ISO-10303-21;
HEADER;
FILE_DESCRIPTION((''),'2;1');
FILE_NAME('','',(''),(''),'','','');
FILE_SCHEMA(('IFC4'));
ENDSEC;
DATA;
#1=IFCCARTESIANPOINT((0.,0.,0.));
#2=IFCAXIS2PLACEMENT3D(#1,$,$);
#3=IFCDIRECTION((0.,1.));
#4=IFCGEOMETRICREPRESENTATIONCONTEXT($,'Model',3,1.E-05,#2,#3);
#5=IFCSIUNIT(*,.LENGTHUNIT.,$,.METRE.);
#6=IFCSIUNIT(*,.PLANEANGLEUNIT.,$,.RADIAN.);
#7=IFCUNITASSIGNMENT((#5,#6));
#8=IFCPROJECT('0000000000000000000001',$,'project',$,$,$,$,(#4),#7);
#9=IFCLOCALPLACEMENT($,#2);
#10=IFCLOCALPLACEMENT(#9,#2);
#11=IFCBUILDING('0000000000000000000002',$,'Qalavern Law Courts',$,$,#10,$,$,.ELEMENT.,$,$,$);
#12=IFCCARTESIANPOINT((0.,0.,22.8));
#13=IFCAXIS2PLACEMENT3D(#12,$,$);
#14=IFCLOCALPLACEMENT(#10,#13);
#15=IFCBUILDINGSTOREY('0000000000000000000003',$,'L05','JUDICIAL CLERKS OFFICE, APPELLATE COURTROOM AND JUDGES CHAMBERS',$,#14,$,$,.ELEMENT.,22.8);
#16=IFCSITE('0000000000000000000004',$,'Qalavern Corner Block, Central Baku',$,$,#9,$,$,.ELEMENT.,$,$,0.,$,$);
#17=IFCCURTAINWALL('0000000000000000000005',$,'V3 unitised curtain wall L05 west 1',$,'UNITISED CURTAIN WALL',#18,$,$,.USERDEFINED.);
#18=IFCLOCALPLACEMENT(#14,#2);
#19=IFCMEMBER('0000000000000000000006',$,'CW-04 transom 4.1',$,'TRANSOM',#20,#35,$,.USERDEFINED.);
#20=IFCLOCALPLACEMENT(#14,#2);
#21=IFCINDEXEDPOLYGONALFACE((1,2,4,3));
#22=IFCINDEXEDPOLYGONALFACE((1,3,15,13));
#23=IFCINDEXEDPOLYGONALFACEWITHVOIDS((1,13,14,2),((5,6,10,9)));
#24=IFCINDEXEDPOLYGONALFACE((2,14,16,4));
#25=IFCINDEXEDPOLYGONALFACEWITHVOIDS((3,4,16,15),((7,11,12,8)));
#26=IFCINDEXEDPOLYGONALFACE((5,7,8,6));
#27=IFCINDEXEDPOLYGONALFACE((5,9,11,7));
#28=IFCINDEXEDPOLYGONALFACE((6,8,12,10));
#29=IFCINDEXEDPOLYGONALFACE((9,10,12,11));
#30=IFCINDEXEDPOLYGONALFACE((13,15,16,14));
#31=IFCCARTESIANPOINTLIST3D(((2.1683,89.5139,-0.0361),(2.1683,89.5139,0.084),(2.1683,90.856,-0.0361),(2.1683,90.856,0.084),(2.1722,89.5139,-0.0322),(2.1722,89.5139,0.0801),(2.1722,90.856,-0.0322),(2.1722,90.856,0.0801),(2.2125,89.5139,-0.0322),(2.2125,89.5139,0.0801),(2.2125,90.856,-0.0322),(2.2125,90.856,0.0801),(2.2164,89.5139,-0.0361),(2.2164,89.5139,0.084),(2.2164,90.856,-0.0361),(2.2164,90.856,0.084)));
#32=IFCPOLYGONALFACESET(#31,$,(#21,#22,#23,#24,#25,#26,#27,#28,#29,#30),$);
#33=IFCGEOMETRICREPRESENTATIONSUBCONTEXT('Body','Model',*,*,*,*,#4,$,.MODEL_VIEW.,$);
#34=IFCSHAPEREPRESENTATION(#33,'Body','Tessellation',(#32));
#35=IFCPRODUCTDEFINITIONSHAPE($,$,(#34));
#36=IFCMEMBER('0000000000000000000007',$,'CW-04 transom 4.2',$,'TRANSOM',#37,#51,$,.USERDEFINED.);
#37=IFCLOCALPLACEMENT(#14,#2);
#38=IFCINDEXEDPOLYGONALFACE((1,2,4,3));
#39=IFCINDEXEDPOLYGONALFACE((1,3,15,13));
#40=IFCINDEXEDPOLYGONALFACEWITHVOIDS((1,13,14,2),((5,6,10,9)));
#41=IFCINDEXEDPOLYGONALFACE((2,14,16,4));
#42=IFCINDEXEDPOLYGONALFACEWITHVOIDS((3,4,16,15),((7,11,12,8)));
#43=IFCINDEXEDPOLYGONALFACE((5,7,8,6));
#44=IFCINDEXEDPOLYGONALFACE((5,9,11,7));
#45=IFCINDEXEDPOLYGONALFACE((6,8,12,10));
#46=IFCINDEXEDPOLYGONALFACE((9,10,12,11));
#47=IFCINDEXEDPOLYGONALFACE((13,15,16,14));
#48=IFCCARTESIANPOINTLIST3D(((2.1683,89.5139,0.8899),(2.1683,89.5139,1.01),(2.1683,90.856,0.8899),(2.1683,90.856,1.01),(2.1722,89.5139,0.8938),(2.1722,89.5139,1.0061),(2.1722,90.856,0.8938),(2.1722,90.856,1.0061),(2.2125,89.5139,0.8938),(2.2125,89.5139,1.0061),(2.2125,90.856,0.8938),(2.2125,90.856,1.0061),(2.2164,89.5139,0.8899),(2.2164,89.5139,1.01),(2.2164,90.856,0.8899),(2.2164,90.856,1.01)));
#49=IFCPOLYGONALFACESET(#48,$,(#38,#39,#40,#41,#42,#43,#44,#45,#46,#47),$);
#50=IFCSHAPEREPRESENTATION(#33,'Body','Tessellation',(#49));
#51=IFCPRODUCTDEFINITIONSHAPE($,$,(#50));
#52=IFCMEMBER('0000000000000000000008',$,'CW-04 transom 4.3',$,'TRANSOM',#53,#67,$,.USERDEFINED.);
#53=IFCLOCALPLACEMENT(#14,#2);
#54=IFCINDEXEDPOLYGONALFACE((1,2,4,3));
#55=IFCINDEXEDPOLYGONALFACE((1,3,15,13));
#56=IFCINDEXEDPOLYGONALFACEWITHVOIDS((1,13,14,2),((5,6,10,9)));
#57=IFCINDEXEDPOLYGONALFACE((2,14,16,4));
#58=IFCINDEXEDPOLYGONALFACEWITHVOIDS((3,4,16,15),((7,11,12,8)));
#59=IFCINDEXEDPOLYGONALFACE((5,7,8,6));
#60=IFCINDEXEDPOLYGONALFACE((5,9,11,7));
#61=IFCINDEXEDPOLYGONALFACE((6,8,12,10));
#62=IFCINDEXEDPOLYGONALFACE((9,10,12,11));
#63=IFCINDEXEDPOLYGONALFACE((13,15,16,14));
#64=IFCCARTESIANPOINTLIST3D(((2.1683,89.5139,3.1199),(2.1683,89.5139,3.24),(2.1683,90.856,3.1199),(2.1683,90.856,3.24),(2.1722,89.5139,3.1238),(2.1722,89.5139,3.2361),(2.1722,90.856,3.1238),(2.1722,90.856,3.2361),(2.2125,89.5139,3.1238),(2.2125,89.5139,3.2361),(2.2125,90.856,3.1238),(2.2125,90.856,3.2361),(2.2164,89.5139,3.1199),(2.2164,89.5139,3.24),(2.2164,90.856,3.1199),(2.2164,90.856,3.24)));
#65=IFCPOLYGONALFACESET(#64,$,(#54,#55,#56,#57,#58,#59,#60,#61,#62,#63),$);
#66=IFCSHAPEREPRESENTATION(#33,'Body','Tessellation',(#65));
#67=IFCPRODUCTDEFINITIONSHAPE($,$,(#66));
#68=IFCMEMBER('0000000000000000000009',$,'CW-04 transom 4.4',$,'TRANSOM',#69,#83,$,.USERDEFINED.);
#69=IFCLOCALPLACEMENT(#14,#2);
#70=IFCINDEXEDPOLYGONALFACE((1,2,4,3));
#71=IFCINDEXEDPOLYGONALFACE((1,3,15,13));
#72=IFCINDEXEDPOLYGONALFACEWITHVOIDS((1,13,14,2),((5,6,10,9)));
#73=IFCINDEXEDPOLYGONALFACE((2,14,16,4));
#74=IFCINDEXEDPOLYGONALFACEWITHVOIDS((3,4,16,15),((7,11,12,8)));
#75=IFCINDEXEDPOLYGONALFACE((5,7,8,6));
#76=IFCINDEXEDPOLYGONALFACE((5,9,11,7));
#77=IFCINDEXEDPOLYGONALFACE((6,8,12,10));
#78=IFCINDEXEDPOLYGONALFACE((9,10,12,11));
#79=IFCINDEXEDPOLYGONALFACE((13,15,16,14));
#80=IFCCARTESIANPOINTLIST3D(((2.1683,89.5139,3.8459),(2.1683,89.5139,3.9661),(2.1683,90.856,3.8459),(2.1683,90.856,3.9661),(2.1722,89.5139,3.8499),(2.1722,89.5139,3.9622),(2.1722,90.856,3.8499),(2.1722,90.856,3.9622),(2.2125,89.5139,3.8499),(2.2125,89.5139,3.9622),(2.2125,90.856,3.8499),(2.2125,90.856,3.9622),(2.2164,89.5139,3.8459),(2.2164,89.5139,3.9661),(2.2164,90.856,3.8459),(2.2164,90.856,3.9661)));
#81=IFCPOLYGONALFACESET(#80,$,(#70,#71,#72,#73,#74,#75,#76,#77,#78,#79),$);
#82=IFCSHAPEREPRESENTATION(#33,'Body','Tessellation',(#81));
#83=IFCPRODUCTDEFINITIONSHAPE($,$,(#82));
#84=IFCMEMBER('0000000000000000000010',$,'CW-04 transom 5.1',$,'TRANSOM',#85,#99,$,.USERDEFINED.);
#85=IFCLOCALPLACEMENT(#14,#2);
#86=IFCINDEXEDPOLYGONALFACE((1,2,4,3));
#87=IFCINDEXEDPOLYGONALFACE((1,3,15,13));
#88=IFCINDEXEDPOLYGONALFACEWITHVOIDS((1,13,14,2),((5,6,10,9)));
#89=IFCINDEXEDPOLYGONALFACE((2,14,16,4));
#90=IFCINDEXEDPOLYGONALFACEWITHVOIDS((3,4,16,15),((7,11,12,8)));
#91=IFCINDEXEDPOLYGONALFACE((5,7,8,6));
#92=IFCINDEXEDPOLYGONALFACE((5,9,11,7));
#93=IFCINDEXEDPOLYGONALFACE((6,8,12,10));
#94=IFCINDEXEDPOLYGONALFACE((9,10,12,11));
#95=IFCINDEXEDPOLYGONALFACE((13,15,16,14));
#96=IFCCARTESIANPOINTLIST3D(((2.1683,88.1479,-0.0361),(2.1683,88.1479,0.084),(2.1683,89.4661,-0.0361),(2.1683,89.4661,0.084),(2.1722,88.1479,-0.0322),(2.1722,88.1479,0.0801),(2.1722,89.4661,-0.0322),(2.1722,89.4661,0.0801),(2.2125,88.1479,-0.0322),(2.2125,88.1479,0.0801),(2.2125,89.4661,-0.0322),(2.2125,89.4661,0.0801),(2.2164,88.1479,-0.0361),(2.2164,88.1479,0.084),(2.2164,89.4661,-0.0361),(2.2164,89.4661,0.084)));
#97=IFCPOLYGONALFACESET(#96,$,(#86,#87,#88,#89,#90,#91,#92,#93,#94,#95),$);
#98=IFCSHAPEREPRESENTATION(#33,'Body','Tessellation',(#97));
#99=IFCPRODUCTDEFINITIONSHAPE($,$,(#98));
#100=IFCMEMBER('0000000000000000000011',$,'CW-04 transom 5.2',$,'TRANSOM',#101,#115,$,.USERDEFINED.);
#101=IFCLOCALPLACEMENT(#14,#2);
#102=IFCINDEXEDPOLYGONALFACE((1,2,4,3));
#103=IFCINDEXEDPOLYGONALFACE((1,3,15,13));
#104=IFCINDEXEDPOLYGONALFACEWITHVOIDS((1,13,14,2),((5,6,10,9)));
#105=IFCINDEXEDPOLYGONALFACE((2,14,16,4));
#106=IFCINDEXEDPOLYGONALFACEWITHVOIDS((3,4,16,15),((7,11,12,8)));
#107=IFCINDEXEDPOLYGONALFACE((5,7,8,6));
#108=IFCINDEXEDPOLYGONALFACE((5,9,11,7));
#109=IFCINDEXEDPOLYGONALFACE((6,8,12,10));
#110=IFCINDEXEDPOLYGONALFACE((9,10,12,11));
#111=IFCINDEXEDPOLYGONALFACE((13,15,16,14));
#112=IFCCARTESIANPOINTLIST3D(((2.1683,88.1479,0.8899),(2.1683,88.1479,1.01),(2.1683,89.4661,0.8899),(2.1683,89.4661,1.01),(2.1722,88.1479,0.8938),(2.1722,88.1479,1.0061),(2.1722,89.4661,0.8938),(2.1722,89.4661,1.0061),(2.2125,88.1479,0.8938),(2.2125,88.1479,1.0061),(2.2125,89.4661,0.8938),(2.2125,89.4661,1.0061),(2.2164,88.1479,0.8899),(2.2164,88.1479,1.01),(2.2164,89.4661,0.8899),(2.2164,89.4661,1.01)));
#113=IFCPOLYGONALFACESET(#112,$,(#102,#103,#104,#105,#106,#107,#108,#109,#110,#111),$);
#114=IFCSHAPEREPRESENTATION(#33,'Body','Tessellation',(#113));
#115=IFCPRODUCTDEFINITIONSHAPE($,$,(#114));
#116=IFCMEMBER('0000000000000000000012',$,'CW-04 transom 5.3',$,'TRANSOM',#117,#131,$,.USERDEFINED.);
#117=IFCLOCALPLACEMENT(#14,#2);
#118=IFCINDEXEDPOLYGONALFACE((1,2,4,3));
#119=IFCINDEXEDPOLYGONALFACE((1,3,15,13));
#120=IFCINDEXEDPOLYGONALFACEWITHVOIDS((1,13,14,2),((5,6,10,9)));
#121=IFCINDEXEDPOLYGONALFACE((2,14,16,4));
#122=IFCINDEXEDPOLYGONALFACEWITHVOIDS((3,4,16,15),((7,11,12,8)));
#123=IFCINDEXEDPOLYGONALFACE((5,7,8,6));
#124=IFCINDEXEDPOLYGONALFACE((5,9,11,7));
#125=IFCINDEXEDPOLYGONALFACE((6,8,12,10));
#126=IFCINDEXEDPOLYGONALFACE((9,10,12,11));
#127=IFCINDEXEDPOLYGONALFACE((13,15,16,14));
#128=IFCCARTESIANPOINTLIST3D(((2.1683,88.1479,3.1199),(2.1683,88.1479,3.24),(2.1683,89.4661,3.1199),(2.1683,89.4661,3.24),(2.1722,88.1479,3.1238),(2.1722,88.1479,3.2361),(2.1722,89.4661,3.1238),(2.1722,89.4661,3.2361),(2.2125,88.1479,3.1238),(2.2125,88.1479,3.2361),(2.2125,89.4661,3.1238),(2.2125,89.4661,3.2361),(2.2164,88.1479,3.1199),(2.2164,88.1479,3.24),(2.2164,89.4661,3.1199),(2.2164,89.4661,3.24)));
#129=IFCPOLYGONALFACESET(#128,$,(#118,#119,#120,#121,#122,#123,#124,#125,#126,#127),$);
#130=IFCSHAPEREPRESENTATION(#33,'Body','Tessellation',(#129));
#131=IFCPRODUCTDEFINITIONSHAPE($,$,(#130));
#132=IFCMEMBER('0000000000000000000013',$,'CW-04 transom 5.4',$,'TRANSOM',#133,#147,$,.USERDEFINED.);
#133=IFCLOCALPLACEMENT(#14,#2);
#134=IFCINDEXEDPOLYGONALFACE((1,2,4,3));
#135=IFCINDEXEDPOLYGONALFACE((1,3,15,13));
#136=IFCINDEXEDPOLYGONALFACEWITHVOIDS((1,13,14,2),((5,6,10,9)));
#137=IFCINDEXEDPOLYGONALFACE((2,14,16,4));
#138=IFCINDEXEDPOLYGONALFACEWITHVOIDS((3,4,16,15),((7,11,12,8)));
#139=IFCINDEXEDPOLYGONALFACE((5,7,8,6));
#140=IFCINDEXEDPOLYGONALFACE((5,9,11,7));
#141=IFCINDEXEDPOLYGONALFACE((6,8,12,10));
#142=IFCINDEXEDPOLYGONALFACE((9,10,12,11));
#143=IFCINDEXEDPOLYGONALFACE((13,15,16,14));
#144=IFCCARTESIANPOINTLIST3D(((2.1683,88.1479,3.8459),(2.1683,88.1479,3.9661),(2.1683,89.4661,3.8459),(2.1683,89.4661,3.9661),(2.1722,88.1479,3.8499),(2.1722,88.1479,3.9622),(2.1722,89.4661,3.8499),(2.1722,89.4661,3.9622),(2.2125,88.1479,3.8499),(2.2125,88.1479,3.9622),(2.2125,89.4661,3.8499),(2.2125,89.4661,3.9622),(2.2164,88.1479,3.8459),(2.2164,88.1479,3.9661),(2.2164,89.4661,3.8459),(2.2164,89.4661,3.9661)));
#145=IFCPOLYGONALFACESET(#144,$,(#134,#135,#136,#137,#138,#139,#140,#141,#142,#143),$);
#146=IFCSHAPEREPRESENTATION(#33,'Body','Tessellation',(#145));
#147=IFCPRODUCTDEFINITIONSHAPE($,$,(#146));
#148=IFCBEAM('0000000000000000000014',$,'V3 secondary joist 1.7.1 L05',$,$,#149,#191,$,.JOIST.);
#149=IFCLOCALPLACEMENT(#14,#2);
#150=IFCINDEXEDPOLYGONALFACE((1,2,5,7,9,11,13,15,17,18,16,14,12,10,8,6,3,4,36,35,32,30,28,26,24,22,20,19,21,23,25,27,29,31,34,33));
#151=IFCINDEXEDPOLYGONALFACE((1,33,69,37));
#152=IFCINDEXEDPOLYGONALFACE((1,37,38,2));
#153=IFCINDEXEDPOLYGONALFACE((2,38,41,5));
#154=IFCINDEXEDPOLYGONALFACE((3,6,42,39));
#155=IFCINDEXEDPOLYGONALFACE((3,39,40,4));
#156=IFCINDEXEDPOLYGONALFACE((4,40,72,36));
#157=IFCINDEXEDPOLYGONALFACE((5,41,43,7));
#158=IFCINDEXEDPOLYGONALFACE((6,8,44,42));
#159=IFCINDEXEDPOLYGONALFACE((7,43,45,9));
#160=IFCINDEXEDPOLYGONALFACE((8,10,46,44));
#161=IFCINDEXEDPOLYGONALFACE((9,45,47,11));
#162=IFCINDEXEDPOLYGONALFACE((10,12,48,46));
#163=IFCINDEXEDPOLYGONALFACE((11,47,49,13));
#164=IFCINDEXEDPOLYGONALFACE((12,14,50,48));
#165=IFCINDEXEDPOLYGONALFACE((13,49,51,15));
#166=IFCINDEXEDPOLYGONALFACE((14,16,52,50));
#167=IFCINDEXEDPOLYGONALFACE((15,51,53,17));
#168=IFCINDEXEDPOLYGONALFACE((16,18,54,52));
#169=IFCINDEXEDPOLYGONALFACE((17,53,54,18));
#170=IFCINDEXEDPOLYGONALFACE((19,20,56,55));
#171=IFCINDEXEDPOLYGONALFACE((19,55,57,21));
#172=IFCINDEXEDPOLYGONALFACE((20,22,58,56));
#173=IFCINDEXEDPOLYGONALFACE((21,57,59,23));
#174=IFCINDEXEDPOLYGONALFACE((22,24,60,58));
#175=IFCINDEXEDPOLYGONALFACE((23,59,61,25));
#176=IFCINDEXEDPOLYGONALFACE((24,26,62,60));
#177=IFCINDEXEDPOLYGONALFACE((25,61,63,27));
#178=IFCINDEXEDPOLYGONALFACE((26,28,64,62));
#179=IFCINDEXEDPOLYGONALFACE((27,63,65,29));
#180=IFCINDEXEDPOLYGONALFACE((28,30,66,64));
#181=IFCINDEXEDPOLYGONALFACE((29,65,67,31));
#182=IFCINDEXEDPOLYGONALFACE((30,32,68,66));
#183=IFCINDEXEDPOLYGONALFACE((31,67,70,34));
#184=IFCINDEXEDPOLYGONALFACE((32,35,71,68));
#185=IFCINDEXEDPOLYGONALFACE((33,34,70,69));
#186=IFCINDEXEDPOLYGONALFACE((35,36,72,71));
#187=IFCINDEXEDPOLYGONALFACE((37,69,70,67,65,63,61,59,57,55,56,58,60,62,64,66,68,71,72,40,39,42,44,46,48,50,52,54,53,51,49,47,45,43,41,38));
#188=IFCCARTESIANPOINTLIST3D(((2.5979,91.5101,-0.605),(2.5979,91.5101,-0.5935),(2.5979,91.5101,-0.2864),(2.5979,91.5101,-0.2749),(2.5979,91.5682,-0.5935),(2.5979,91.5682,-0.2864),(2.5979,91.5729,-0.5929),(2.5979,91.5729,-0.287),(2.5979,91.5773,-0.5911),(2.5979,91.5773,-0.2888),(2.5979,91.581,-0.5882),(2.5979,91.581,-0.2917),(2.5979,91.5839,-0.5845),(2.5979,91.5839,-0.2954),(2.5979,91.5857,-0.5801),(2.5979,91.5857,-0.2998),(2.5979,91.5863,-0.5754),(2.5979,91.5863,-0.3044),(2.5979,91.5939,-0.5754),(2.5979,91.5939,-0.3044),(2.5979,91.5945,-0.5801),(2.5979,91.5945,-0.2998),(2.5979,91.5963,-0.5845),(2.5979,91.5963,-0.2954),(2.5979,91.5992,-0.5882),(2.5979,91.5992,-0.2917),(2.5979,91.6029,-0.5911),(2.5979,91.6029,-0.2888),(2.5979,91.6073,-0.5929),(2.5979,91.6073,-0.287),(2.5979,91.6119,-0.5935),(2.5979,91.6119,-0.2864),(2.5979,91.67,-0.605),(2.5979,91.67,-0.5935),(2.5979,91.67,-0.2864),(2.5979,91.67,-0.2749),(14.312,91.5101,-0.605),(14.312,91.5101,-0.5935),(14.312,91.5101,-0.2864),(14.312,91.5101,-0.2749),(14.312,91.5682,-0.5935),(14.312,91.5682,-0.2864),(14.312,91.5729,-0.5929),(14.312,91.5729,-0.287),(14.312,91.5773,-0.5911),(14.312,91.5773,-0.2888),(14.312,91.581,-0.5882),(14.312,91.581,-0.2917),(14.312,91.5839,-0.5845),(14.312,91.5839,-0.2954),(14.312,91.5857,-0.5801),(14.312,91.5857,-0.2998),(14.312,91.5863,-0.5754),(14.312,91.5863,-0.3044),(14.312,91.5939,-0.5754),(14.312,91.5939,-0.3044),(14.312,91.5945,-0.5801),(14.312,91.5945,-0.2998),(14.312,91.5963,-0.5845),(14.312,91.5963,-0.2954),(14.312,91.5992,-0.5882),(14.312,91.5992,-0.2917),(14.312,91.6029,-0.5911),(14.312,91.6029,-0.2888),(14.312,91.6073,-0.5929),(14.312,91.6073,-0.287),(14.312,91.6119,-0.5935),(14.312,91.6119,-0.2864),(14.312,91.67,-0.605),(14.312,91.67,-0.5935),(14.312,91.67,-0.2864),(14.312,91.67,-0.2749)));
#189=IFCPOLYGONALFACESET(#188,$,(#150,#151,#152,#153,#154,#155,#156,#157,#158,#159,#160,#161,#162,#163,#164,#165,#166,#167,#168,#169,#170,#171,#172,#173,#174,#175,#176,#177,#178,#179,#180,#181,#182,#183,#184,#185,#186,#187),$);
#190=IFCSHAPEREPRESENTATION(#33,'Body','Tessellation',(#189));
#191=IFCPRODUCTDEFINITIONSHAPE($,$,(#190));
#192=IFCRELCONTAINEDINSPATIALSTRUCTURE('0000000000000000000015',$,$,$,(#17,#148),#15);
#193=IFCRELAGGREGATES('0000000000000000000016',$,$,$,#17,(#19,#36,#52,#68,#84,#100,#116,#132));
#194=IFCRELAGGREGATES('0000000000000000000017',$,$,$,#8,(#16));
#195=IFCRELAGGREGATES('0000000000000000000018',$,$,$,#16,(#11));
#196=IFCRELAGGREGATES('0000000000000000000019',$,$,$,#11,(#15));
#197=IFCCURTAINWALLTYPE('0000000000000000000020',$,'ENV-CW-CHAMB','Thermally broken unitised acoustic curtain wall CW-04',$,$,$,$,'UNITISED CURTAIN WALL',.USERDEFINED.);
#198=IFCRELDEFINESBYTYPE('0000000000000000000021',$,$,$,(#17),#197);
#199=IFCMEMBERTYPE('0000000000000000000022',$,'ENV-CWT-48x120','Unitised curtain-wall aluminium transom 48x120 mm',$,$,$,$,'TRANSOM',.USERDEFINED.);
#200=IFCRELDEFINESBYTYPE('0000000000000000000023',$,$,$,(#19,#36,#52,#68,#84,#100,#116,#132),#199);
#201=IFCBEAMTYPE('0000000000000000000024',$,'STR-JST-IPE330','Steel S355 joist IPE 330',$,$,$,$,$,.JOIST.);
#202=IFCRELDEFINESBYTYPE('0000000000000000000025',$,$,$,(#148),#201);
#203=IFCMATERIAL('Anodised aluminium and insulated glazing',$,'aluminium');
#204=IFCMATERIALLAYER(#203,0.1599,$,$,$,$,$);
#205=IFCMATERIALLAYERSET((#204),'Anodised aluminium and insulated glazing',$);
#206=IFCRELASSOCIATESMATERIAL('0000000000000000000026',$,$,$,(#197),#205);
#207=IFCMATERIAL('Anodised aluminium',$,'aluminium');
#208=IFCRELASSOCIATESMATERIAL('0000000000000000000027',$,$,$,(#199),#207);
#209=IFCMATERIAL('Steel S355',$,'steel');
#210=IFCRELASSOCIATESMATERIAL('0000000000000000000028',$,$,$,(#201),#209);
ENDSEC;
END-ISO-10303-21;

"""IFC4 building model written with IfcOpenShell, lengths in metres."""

from ifc_helpers import new_model, si_unit, direction, frame, origin, origin_2d, place, context, subcontext, project, spatial, hollow_rectangle, i_section, extrude, material, layer, layer_set, material_profile, profile_set, type_object, element, aggregate, save


model = new_model("IFC4")

# Units and contexts
model_context = context("Model", 3, precision=1e-05, world=origin(), true_north=direction((0.0, 1.0)))
body_context = subcontext(model_context, "Body", "Model", "MODEL_VIEW")
ifc_project = project(units=[si_unit("LENGTHUNIT", "METRE"), si_unit("PLANEANGLEUNIT", "RADIAN")], contexts=[model_context])

# Site, building, storey
site_placement = place(None, origin())
site = spatial("IfcSite", under=ifc_project, at=site_placement, Name="Qalavern Corner Block, Central Baku", CompositionType="ELEMENT", RefElevation=0.0)
building_placement = place(site_placement, origin())
building = spatial("IfcBuilding", under=site, at=building_placement, Name="Qalavern Law Courts", CompositionType="ELEMENT")
storey_placement = place(building_placement, frame((0.0, 0.0, 22.8)))
storey = spatial("IfcBuildingStorey", under=building, at=storey_placement, Name="L05", Description="JUDICIAL CLERKS OFFICE, APPELLATE COURTROOM AND JUDGES CHAMBERS", CompositionType="ELEMENT", Elevation=22.8)

# Curtain wall, members
ifc_material_1 = material(Name="Anodised aluminium and insulated glazing", Category="aluminium")
ifc_layer_1 = layer(ifc_material_1, 0.1599)
ifc_layer_set_1 = layer_set([ifc_layer_1], Name="Anodised aluminium and insulated glazing")
curtain_wall_type = type_object("IfcCurtainWallType", Name="ENV-CW-CHAMB", Description="Thermally broken unitised acoustic curtain wall CW-04", ElementType="UNITISED CURTAIN WALL", PredefinedType="USERDEFINED", material=ifc_layer_set_1)
curtain_wall_placement = place(storey_placement, origin())
curtain_wall = element("IfcCurtainWall", 1, at=curtain_wall_placement, inside=storey, type_object=curtain_wall_type, Name="V3 unitised curtain wall L05 west 1", ObjectType="UNITISED CURTAIN WALL", PredefinedType="USERDEFINED")
ifc_material_2 = material(Name="Anodised aluminium", Category="aluminium")
ifc_material_profile_1 = material_profile(ifc_material_2, hollow_rectangle(XDim=0.0481, YDim=0.1201, WallThickness=0.0039, at=origin_2d()), Name="ALU TRANSOM 48x120")
ifc_profile_set_1 = profile_set([ifc_material_profile_1], Name="Anodised aluminium")
member_type_1 = type_object("IfcMemberType", Name="ENV-CWT-48x120", Description="Unitised curtain-wall aluminium transom 48x120 mm", ElementType="TRANSOM", PredefinedType="USERDEFINED", material=ifc_profile_set_1)
member_1_placement = place(storey_placement, frame((2.1924, 90.856, 0.0239), z_axis=(0.0, -1.0, 0.0), x_axis=(1.0, 0.0, 0.0)))
member_1 = element("IfcMember", 2, at=member_1_placement, type_object=member_type_1, Name="CW-04 transom 4.1", ObjectType="TRANSOM", PredefinedType="USERDEFINED", context=body_context, shape_type="SweptSolid", body=[
    extrude(hollow_rectangle(XDim=0.0481, YDim=0.1201, WallThickness=0.0039, at=origin_2d()), origin(), (0.0, 0.0, 1.0), 1.342),
])
member_2_placement = place(storey_placement, frame((2.1924, 90.856, 0.95), z_axis=(0.0, -1.0, 0.0), x_axis=(1.0, 0.0, 0.0)))
member_2 = element("IfcMember", 3, at=member_2_placement, type_object=member_type_1, Name="CW-04 transom 4.2", ObjectType="TRANSOM", PredefinedType="USERDEFINED", context=body_context, shape_type="SweptSolid", body=[
    extrude(hollow_rectangle(XDim=0.0481, YDim=0.1201, WallThickness=0.0039, at=origin_2d()), origin(), (0.0, 0.0, 1.0), 1.342),
])
member_3_placement = place(storey_placement, frame((2.1924, 90.856, 3.1799), z_axis=(0.0, -1.0, 0.0), x_axis=(1.0, 0.0, 0.0)))
member_3 = element("IfcMember", 4, at=member_3_placement, type_object=member_type_1, Name="CW-04 transom 4.3", ObjectType="TRANSOM", PredefinedType="USERDEFINED", context=body_context, shape_type="SweptSolid", body=[
    extrude(hollow_rectangle(XDim=0.0481, YDim=0.1201, WallThickness=0.0039, at=origin_2d()), origin(), (0.0, 0.0, 1.0), 1.342),
])
member_4_placement = place(storey_placement, frame((2.1924, 90.856, 3.906), z_axis=(0.0, -1.0, 0.0), x_axis=(1.0, 0.0, 0.0)))
member_4 = element("IfcMember", 5, at=member_4_placement, type_object=member_type_1, Name="CW-04 transom 4.4", ObjectType="TRANSOM", PredefinedType="USERDEFINED", context=body_context, shape_type="SweptSolid", body=[
    extrude(hollow_rectangle(XDim=0.0481, YDim=0.1201, WallThickness=0.0039, at=origin_2d()), origin(), (0.0, 0.0, 1.0), 1.342),
])
member_5_placement = place(storey_placement, frame((2.1924, 89.4661, 0.0239), z_axis=(0.0, -1.0, 0.0), x_axis=(1.0, 0.0, 0.0)))
member_5 = element("IfcMember", 6, at=member_5_placement, type_object=member_type_1, Name="CW-04 transom 5.1", ObjectType="TRANSOM", PredefinedType="USERDEFINED", context=body_context, shape_type="SweptSolid", body=[
    extrude(hollow_rectangle(XDim=0.0481, YDim=0.1201, WallThickness=0.0039, at=origin_2d()), origin(), (0.0, 0.0, 1.0), 1.3181),
])
member_6_placement = place(storey_placement, frame((2.1924, 89.4661, 0.95), z_axis=(0.0, -1.0, 0.0), x_axis=(1.0, 0.0, 0.0)))
member_6 = element("IfcMember", 7, at=member_6_placement, type_object=member_type_1, Name="CW-04 transom 5.2", ObjectType="TRANSOM", PredefinedType="USERDEFINED", context=body_context, shape_type="SweptSolid", body=[
    extrude(hollow_rectangle(XDim=0.0481, YDim=0.1201, WallThickness=0.0039, at=origin_2d()), origin(), (0.0, 0.0, 1.0), 1.3181),
])
member_7_placement = place(storey_placement, frame((2.1924, 89.4661, 3.1799), z_axis=(0.0, -1.0, 0.0), x_axis=(1.0, 0.0, 0.0)))
member_7 = element("IfcMember", 8, at=member_7_placement, type_object=member_type_1, Name="CW-04 transom 5.3", ObjectType="TRANSOM", PredefinedType="USERDEFINED", context=body_context, shape_type="SweptSolid", body=[
    extrude(hollow_rectangle(XDim=0.0481, YDim=0.1201, WallThickness=0.0039, at=origin_2d()), origin(), (0.0, 0.0, 1.0), 1.3181),
])
member_8_placement = place(storey_placement, frame((2.1924, 89.4661, 3.906), z_axis=(0.0, -1.0, 0.0), x_axis=(1.0, 0.0, 0.0)))
member_8 = element("IfcMember", 9, at=member_8_placement, type_object=member_type_1, Name="CW-04 transom 5.4", ObjectType="TRANSOM", PredefinedType="USERDEFINED", context=body_context, shape_type="SweptSolid", body=[
    extrude(hollow_rectangle(XDim=0.0481, YDim=0.1201, WallThickness=0.0039, at=origin_2d()), origin(), (0.0, 0.0, 1.0), 1.3181),
])

# Beam
ifc_material_3 = material(Name="Steel S355", Category="steel")
ifc_material_profile_2 = material_profile(ifc_material_3, i_section(OverallWidth=0.1599, OverallDepth=0.3301, WebThickness=0.0076, FlangeThickness=0.0115, FilletRadius=0.0181, at=origin_2d()), Name="IPE 330")
ifc_profile_set_2 = profile_set([ifc_material_profile_2], Name="Steel S355")
beam_type = type_object("IfcBeamType", Name="STR-JST-IPE330", Description="Steel S355 joist IPE 330", PredefinedType="JOIST", material=ifc_profile_set_2)
beam_placement = place(storey_placement, frame((2.5979, 91.5901, -0.4399), z_axis=(1.0, 0.0, 0.0), x_axis=(0.0, 1.0, 0.0)))
element("IfcBeam", 10, at=beam_placement, inside=storey, type_object=beam_type, Name="V3 secondary joist 1.7.1 L05", PredefinedType="JOIST", context=body_context, shape_type="SweptSolid", body=[
    extrude(i_section(OverallWidth=0.1599, OverallDepth=0.3301, WebThickness=0.0076, FlangeThickness=0.0115, FilletRadius=0.0181, at=origin_2d()), origin(), (0.0, 0.0, 1.0), 11.7141),
])

aggregate(curtain_wall, [member_1, member_2, member_3, member_4, member_5, member_6, member_7, member_8])

save(model, "model.ifc")
